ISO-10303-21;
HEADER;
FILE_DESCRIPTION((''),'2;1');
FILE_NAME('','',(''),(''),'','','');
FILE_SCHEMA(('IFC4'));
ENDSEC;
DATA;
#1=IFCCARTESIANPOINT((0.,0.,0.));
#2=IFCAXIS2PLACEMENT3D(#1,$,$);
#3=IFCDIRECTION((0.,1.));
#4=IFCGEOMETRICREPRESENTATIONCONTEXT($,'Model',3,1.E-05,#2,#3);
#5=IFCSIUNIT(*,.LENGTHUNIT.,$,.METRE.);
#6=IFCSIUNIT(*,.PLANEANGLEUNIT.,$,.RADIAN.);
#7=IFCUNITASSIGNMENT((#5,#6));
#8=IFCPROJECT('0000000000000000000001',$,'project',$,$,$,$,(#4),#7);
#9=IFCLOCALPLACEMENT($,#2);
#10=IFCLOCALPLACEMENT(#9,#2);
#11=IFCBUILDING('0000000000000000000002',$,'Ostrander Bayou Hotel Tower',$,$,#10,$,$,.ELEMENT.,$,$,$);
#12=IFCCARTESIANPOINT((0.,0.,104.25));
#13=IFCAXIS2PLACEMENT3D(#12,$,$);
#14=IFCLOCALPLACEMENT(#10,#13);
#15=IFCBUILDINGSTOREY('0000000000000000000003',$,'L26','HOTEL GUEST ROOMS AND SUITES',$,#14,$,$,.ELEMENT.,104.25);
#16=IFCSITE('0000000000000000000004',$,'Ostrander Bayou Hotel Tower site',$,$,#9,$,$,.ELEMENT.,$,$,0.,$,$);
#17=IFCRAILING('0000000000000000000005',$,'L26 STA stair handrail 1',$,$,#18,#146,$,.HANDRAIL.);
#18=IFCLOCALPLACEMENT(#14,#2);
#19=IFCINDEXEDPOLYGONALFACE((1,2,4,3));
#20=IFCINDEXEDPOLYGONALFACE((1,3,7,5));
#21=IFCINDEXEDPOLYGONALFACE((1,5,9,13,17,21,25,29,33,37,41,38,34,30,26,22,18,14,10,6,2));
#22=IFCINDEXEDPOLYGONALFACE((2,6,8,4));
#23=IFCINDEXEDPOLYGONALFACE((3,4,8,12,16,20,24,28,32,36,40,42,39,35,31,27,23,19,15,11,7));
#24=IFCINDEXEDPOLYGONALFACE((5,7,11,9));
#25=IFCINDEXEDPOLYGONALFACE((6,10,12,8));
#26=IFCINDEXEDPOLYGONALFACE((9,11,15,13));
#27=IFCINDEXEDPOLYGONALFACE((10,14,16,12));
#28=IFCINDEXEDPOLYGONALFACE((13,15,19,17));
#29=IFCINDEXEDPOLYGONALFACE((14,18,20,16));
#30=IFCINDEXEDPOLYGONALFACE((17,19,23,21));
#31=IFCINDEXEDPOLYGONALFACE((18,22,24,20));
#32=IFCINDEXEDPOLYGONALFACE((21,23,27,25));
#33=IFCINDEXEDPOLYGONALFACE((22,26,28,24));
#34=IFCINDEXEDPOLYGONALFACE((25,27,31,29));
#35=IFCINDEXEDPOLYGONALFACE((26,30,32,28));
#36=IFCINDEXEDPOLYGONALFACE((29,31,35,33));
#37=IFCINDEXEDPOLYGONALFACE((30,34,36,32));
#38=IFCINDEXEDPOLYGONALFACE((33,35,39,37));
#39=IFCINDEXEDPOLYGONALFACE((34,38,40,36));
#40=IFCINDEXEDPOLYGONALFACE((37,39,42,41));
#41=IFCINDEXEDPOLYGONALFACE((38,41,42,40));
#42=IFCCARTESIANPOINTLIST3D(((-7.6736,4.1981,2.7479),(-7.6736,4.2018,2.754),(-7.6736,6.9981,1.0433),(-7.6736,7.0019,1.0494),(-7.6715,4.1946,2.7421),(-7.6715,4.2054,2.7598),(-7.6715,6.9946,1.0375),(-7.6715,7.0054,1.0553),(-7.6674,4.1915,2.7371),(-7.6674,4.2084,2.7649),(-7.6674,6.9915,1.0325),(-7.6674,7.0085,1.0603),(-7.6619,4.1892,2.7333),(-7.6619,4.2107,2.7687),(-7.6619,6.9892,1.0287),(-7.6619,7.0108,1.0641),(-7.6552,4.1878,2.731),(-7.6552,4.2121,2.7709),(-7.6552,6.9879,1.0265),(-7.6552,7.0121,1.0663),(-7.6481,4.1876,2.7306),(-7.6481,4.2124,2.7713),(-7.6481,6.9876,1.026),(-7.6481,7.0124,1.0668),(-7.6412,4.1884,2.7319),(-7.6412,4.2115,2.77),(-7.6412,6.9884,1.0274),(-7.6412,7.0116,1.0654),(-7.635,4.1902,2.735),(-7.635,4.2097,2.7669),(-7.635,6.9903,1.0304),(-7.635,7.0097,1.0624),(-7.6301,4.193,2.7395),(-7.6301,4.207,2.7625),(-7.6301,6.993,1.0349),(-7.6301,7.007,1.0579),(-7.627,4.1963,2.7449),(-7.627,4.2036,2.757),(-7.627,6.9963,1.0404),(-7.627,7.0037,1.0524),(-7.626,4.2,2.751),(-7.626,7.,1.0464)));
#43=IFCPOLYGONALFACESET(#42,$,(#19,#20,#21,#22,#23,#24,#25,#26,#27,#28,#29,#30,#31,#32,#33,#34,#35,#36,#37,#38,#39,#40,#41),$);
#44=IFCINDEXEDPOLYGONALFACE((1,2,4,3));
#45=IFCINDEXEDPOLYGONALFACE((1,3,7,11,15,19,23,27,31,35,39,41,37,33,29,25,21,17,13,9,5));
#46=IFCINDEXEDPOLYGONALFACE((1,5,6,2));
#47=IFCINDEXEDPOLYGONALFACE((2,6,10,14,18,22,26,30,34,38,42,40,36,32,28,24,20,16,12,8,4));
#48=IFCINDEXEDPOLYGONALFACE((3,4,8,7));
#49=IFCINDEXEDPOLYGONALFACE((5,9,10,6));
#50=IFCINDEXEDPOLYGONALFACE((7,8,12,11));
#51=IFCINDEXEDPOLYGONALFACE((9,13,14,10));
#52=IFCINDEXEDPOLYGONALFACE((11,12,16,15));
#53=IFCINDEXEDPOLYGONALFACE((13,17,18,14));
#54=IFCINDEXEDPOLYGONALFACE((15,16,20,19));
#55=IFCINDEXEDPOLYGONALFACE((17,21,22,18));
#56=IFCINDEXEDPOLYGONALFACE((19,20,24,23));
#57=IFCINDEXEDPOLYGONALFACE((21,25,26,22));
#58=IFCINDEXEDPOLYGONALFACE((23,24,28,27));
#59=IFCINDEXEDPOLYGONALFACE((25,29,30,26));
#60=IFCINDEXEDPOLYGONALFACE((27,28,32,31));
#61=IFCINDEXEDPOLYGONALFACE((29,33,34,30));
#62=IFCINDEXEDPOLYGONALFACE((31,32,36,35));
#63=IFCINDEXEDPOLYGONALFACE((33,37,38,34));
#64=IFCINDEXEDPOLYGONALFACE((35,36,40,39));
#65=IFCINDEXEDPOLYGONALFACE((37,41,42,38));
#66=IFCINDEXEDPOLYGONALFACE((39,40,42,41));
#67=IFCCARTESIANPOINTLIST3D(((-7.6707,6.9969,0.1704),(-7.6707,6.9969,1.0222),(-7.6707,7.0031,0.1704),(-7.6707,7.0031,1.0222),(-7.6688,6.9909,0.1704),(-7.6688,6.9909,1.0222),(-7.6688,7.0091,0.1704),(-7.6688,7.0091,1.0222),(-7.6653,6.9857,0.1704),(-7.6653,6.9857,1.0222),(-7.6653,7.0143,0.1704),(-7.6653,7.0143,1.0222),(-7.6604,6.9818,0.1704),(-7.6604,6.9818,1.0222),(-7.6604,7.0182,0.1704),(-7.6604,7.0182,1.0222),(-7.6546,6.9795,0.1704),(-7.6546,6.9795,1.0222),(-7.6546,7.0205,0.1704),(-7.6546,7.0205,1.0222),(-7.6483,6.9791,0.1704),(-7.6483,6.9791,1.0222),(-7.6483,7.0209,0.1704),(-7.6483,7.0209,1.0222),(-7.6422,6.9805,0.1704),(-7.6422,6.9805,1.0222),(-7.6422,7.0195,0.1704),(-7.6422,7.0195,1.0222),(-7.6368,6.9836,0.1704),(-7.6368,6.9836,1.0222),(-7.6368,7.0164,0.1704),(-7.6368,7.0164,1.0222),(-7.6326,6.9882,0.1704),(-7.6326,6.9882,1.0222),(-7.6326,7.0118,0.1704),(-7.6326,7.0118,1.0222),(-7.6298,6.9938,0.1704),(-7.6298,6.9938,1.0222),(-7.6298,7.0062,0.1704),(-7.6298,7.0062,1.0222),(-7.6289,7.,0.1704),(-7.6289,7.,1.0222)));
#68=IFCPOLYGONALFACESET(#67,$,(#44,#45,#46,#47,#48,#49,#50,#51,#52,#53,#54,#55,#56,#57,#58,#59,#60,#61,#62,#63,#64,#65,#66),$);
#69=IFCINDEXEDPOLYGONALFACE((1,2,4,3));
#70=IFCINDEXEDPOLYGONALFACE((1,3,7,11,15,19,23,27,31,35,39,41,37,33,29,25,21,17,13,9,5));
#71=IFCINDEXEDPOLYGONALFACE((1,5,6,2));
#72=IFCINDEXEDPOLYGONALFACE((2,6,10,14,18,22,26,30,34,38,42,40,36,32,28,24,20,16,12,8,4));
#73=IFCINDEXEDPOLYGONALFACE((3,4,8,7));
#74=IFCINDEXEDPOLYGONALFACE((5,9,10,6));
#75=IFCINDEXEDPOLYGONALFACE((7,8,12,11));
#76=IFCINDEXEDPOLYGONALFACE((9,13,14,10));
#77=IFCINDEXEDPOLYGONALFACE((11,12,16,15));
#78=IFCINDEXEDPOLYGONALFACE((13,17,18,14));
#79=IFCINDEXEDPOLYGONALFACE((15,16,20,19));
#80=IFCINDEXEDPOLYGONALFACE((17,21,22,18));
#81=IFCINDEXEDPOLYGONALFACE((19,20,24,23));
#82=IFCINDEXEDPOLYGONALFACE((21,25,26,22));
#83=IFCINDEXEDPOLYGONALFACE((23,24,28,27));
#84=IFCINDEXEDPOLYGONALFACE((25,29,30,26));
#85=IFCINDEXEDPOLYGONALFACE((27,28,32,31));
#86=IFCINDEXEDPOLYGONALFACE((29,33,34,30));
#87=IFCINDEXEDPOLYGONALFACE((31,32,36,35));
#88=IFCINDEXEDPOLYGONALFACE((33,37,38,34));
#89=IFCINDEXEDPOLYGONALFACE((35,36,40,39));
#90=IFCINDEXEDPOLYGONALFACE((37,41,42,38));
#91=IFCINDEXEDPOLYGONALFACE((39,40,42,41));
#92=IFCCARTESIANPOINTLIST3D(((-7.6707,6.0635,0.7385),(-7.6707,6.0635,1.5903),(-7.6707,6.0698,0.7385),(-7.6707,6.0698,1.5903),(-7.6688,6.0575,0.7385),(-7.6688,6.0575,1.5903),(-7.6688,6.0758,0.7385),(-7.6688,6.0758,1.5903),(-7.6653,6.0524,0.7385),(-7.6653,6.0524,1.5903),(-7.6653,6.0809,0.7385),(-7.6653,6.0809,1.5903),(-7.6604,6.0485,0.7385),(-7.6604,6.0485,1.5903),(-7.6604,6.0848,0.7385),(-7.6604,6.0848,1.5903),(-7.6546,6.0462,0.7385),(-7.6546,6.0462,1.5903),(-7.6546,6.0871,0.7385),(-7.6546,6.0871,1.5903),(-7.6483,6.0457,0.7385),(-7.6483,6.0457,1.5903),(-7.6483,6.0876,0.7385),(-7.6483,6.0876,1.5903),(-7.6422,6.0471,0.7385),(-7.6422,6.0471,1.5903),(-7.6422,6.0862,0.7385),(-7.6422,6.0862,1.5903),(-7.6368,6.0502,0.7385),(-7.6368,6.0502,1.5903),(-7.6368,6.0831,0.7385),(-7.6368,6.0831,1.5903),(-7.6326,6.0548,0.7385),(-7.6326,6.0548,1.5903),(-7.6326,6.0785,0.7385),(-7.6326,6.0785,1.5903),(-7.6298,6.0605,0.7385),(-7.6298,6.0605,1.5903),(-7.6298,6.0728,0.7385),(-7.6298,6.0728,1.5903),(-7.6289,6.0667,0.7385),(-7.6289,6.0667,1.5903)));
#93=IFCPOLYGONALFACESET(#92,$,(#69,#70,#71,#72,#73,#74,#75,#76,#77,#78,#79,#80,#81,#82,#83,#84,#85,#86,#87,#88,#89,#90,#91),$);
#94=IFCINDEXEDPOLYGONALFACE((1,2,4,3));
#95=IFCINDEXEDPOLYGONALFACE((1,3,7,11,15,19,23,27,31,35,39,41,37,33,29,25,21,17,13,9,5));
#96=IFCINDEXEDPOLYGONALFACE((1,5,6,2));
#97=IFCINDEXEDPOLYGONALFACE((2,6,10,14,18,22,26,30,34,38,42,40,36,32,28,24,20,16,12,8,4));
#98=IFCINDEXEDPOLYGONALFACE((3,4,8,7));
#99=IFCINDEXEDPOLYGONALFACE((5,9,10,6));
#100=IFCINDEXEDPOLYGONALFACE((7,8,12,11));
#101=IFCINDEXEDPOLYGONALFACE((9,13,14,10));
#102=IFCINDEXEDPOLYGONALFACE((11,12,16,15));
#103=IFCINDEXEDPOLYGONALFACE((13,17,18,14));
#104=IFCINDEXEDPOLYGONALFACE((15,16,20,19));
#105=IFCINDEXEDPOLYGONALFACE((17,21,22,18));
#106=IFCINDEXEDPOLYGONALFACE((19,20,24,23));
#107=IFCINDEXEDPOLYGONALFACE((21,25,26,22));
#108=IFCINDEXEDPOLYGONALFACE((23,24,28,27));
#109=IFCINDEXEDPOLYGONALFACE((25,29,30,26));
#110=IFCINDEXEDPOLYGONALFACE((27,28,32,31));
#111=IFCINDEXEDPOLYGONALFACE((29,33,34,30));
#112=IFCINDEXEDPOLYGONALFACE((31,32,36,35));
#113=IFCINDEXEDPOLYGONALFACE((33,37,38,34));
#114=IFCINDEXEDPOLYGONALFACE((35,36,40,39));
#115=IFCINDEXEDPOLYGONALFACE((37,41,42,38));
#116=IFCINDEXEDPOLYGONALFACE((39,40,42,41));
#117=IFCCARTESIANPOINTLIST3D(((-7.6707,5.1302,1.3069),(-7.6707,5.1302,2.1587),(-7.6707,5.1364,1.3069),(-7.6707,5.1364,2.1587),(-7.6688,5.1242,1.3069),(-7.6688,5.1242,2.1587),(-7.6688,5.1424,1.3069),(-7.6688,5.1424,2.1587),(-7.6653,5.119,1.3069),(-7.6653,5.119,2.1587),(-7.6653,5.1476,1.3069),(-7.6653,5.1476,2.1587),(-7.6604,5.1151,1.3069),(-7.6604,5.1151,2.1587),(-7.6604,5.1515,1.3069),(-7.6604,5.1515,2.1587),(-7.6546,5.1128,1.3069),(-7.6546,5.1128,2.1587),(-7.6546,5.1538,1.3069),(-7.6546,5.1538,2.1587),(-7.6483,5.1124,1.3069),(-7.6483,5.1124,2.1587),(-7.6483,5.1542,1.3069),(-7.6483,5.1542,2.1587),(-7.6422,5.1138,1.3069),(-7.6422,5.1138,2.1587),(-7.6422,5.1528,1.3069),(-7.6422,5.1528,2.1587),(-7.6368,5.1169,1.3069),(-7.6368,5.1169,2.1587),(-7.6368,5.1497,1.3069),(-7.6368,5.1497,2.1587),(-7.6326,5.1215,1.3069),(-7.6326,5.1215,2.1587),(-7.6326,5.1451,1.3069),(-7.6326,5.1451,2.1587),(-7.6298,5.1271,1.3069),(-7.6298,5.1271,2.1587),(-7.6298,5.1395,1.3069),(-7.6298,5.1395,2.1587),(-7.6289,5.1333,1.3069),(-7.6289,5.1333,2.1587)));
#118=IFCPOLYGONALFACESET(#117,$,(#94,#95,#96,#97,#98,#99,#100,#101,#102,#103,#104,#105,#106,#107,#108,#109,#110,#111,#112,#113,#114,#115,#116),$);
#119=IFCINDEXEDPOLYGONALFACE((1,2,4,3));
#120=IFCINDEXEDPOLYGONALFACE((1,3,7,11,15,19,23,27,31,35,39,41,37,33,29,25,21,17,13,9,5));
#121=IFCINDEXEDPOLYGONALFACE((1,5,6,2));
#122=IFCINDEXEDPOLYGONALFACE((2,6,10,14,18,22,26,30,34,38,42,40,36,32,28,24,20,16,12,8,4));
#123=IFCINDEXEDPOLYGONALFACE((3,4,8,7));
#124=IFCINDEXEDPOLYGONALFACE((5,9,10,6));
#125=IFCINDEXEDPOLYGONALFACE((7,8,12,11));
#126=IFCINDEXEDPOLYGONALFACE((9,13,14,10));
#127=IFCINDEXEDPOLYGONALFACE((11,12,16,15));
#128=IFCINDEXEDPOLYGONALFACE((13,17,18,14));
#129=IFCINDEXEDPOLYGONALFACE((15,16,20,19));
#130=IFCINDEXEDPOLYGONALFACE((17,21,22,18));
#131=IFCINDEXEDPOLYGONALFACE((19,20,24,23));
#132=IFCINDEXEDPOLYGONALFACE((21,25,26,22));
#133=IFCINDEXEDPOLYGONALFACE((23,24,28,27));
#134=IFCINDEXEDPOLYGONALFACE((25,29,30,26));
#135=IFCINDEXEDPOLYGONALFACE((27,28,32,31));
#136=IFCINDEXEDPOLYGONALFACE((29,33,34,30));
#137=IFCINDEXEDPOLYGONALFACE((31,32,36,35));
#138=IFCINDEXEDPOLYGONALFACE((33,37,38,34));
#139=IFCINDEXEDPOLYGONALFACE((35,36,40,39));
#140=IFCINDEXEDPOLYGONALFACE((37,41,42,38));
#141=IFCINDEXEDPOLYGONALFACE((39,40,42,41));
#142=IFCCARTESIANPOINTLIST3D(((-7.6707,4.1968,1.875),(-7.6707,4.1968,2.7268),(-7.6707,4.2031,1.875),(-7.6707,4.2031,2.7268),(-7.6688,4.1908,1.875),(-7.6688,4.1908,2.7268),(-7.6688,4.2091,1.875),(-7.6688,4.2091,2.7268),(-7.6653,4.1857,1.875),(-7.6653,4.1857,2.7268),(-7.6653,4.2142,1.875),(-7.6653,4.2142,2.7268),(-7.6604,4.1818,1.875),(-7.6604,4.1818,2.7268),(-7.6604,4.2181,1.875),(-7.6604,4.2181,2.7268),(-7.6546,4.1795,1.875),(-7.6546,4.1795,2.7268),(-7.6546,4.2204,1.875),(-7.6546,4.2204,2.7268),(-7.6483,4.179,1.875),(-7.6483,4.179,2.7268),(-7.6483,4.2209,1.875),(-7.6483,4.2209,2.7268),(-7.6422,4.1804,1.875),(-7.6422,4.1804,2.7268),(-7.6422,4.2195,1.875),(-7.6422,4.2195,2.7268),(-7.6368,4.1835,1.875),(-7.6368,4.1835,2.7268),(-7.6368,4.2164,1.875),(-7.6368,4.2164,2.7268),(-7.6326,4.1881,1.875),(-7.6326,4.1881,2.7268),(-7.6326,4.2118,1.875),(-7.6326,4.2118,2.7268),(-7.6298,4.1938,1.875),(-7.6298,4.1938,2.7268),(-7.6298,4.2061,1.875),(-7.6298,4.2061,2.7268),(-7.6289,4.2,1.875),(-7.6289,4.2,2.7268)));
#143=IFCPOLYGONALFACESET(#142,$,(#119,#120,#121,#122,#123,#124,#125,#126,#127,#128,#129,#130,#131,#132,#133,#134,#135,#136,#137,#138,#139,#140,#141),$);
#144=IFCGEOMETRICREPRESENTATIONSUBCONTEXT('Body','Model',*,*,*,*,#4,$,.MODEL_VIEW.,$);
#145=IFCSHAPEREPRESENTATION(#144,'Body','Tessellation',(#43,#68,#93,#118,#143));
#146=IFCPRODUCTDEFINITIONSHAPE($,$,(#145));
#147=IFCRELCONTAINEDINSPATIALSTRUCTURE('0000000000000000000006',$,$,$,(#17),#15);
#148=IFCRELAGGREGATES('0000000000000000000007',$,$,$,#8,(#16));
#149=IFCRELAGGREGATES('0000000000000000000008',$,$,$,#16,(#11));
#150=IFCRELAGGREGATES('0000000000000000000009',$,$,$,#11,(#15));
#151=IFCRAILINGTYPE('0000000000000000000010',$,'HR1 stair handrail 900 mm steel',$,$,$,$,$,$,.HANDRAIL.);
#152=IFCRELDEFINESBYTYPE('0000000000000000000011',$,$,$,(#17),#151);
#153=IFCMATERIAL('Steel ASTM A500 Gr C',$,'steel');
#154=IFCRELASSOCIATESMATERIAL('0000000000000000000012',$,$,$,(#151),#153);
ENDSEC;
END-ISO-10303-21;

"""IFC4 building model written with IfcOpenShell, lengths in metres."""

from ifc_helpers import new_model, si_unit, direction, frame, origin, origin_2d, place, context, subcontext, project, spatial, circle, extrude, material, type_object, element, save


model = new_model("IFC4")

# Units and contexts
model_context = context("Model", 3, precision=1e-05, world=origin(), true_north=direction((0.0, 1.0)))
body_context = subcontext(model_context, "Body", "Model", "MODEL_VIEW")
ifc_project = project(units=[si_unit("LENGTHUNIT", "METRE"), si_unit("PLANEANGLEUNIT", "RADIAN")], contexts=[model_context])

# Site, building, storey
site_placement = place(None, origin())
site = spatial("IfcSite", under=ifc_project, at=site_placement, Name="Ostrander Bayou Hotel Tower site", CompositionType="ELEMENT", RefElevation=0.0)
building_placement = place(site_placement, origin())
building = spatial("IfcBuilding", under=site, at=building_placement, Name="Ostrander Bayou Hotel Tower", CompositionType="ELEMENT")
storey_placement = place(building_placement, frame((0.0, 0.0, 104.25)))
storey = spatial("IfcBuildingStorey", under=building, at=storey_placement, Name="L26", Description="HOTEL GUEST ROOMS AND SUITES", CompositionType="ELEMENT", Elevation=104.25)

# Railing
ifc_material_1 = material(Name="Steel ASTM A500 Gr C", Category="steel")
railing_type_1 = type_object("IfcRailingType", Name="HR1 stair handrail 900 mm steel", PredefinedType="HANDRAIL", material=ifc_material_1)
railing_1_placement = place(storey_placement, frame((-7.6499, 7.0, 0.1704)))
element("IfcRailing", 1, at=railing_1_placement, inside=storey, type_object=railing_type_1, Name="L26 STA stair handrail 1", PredefinedType="HANDRAIL", context=body_context, shape_type="SweptSolid", body=[
    extrude(circle(Radius=0.0239, at=origin_2d()), frame((0.0, 0.0, 0.876), z_axis=(0.0, -0.85417, 0.519994), x_axis=(1.0, 0.0, 0.0)), (0.0, 0.0, 1.0), 3.2781),
    extrude(circle(Radius=0.021, at=origin_2d()), origin(), (0.0, 0.0, 1.0), 0.8518),
    extrude(circle(Radius=0.021, at=origin_2d()), frame((0.0, -0.9333, 0.5681)), (0.0, 0.0, 1.0), 0.8518),
    extrude(circle(Radius=0.021, at=origin_2d()), frame((0.0, -1.8667, 1.1365)), (0.0, 0.0, 1.0), 0.8518),
    extrude(circle(Radius=0.021, at=origin_2d()), frame((0.0, -2.8, 1.7046)), (0.0, 0.0, 1.0), 0.8518),
])

save(model, "model.ifc")
